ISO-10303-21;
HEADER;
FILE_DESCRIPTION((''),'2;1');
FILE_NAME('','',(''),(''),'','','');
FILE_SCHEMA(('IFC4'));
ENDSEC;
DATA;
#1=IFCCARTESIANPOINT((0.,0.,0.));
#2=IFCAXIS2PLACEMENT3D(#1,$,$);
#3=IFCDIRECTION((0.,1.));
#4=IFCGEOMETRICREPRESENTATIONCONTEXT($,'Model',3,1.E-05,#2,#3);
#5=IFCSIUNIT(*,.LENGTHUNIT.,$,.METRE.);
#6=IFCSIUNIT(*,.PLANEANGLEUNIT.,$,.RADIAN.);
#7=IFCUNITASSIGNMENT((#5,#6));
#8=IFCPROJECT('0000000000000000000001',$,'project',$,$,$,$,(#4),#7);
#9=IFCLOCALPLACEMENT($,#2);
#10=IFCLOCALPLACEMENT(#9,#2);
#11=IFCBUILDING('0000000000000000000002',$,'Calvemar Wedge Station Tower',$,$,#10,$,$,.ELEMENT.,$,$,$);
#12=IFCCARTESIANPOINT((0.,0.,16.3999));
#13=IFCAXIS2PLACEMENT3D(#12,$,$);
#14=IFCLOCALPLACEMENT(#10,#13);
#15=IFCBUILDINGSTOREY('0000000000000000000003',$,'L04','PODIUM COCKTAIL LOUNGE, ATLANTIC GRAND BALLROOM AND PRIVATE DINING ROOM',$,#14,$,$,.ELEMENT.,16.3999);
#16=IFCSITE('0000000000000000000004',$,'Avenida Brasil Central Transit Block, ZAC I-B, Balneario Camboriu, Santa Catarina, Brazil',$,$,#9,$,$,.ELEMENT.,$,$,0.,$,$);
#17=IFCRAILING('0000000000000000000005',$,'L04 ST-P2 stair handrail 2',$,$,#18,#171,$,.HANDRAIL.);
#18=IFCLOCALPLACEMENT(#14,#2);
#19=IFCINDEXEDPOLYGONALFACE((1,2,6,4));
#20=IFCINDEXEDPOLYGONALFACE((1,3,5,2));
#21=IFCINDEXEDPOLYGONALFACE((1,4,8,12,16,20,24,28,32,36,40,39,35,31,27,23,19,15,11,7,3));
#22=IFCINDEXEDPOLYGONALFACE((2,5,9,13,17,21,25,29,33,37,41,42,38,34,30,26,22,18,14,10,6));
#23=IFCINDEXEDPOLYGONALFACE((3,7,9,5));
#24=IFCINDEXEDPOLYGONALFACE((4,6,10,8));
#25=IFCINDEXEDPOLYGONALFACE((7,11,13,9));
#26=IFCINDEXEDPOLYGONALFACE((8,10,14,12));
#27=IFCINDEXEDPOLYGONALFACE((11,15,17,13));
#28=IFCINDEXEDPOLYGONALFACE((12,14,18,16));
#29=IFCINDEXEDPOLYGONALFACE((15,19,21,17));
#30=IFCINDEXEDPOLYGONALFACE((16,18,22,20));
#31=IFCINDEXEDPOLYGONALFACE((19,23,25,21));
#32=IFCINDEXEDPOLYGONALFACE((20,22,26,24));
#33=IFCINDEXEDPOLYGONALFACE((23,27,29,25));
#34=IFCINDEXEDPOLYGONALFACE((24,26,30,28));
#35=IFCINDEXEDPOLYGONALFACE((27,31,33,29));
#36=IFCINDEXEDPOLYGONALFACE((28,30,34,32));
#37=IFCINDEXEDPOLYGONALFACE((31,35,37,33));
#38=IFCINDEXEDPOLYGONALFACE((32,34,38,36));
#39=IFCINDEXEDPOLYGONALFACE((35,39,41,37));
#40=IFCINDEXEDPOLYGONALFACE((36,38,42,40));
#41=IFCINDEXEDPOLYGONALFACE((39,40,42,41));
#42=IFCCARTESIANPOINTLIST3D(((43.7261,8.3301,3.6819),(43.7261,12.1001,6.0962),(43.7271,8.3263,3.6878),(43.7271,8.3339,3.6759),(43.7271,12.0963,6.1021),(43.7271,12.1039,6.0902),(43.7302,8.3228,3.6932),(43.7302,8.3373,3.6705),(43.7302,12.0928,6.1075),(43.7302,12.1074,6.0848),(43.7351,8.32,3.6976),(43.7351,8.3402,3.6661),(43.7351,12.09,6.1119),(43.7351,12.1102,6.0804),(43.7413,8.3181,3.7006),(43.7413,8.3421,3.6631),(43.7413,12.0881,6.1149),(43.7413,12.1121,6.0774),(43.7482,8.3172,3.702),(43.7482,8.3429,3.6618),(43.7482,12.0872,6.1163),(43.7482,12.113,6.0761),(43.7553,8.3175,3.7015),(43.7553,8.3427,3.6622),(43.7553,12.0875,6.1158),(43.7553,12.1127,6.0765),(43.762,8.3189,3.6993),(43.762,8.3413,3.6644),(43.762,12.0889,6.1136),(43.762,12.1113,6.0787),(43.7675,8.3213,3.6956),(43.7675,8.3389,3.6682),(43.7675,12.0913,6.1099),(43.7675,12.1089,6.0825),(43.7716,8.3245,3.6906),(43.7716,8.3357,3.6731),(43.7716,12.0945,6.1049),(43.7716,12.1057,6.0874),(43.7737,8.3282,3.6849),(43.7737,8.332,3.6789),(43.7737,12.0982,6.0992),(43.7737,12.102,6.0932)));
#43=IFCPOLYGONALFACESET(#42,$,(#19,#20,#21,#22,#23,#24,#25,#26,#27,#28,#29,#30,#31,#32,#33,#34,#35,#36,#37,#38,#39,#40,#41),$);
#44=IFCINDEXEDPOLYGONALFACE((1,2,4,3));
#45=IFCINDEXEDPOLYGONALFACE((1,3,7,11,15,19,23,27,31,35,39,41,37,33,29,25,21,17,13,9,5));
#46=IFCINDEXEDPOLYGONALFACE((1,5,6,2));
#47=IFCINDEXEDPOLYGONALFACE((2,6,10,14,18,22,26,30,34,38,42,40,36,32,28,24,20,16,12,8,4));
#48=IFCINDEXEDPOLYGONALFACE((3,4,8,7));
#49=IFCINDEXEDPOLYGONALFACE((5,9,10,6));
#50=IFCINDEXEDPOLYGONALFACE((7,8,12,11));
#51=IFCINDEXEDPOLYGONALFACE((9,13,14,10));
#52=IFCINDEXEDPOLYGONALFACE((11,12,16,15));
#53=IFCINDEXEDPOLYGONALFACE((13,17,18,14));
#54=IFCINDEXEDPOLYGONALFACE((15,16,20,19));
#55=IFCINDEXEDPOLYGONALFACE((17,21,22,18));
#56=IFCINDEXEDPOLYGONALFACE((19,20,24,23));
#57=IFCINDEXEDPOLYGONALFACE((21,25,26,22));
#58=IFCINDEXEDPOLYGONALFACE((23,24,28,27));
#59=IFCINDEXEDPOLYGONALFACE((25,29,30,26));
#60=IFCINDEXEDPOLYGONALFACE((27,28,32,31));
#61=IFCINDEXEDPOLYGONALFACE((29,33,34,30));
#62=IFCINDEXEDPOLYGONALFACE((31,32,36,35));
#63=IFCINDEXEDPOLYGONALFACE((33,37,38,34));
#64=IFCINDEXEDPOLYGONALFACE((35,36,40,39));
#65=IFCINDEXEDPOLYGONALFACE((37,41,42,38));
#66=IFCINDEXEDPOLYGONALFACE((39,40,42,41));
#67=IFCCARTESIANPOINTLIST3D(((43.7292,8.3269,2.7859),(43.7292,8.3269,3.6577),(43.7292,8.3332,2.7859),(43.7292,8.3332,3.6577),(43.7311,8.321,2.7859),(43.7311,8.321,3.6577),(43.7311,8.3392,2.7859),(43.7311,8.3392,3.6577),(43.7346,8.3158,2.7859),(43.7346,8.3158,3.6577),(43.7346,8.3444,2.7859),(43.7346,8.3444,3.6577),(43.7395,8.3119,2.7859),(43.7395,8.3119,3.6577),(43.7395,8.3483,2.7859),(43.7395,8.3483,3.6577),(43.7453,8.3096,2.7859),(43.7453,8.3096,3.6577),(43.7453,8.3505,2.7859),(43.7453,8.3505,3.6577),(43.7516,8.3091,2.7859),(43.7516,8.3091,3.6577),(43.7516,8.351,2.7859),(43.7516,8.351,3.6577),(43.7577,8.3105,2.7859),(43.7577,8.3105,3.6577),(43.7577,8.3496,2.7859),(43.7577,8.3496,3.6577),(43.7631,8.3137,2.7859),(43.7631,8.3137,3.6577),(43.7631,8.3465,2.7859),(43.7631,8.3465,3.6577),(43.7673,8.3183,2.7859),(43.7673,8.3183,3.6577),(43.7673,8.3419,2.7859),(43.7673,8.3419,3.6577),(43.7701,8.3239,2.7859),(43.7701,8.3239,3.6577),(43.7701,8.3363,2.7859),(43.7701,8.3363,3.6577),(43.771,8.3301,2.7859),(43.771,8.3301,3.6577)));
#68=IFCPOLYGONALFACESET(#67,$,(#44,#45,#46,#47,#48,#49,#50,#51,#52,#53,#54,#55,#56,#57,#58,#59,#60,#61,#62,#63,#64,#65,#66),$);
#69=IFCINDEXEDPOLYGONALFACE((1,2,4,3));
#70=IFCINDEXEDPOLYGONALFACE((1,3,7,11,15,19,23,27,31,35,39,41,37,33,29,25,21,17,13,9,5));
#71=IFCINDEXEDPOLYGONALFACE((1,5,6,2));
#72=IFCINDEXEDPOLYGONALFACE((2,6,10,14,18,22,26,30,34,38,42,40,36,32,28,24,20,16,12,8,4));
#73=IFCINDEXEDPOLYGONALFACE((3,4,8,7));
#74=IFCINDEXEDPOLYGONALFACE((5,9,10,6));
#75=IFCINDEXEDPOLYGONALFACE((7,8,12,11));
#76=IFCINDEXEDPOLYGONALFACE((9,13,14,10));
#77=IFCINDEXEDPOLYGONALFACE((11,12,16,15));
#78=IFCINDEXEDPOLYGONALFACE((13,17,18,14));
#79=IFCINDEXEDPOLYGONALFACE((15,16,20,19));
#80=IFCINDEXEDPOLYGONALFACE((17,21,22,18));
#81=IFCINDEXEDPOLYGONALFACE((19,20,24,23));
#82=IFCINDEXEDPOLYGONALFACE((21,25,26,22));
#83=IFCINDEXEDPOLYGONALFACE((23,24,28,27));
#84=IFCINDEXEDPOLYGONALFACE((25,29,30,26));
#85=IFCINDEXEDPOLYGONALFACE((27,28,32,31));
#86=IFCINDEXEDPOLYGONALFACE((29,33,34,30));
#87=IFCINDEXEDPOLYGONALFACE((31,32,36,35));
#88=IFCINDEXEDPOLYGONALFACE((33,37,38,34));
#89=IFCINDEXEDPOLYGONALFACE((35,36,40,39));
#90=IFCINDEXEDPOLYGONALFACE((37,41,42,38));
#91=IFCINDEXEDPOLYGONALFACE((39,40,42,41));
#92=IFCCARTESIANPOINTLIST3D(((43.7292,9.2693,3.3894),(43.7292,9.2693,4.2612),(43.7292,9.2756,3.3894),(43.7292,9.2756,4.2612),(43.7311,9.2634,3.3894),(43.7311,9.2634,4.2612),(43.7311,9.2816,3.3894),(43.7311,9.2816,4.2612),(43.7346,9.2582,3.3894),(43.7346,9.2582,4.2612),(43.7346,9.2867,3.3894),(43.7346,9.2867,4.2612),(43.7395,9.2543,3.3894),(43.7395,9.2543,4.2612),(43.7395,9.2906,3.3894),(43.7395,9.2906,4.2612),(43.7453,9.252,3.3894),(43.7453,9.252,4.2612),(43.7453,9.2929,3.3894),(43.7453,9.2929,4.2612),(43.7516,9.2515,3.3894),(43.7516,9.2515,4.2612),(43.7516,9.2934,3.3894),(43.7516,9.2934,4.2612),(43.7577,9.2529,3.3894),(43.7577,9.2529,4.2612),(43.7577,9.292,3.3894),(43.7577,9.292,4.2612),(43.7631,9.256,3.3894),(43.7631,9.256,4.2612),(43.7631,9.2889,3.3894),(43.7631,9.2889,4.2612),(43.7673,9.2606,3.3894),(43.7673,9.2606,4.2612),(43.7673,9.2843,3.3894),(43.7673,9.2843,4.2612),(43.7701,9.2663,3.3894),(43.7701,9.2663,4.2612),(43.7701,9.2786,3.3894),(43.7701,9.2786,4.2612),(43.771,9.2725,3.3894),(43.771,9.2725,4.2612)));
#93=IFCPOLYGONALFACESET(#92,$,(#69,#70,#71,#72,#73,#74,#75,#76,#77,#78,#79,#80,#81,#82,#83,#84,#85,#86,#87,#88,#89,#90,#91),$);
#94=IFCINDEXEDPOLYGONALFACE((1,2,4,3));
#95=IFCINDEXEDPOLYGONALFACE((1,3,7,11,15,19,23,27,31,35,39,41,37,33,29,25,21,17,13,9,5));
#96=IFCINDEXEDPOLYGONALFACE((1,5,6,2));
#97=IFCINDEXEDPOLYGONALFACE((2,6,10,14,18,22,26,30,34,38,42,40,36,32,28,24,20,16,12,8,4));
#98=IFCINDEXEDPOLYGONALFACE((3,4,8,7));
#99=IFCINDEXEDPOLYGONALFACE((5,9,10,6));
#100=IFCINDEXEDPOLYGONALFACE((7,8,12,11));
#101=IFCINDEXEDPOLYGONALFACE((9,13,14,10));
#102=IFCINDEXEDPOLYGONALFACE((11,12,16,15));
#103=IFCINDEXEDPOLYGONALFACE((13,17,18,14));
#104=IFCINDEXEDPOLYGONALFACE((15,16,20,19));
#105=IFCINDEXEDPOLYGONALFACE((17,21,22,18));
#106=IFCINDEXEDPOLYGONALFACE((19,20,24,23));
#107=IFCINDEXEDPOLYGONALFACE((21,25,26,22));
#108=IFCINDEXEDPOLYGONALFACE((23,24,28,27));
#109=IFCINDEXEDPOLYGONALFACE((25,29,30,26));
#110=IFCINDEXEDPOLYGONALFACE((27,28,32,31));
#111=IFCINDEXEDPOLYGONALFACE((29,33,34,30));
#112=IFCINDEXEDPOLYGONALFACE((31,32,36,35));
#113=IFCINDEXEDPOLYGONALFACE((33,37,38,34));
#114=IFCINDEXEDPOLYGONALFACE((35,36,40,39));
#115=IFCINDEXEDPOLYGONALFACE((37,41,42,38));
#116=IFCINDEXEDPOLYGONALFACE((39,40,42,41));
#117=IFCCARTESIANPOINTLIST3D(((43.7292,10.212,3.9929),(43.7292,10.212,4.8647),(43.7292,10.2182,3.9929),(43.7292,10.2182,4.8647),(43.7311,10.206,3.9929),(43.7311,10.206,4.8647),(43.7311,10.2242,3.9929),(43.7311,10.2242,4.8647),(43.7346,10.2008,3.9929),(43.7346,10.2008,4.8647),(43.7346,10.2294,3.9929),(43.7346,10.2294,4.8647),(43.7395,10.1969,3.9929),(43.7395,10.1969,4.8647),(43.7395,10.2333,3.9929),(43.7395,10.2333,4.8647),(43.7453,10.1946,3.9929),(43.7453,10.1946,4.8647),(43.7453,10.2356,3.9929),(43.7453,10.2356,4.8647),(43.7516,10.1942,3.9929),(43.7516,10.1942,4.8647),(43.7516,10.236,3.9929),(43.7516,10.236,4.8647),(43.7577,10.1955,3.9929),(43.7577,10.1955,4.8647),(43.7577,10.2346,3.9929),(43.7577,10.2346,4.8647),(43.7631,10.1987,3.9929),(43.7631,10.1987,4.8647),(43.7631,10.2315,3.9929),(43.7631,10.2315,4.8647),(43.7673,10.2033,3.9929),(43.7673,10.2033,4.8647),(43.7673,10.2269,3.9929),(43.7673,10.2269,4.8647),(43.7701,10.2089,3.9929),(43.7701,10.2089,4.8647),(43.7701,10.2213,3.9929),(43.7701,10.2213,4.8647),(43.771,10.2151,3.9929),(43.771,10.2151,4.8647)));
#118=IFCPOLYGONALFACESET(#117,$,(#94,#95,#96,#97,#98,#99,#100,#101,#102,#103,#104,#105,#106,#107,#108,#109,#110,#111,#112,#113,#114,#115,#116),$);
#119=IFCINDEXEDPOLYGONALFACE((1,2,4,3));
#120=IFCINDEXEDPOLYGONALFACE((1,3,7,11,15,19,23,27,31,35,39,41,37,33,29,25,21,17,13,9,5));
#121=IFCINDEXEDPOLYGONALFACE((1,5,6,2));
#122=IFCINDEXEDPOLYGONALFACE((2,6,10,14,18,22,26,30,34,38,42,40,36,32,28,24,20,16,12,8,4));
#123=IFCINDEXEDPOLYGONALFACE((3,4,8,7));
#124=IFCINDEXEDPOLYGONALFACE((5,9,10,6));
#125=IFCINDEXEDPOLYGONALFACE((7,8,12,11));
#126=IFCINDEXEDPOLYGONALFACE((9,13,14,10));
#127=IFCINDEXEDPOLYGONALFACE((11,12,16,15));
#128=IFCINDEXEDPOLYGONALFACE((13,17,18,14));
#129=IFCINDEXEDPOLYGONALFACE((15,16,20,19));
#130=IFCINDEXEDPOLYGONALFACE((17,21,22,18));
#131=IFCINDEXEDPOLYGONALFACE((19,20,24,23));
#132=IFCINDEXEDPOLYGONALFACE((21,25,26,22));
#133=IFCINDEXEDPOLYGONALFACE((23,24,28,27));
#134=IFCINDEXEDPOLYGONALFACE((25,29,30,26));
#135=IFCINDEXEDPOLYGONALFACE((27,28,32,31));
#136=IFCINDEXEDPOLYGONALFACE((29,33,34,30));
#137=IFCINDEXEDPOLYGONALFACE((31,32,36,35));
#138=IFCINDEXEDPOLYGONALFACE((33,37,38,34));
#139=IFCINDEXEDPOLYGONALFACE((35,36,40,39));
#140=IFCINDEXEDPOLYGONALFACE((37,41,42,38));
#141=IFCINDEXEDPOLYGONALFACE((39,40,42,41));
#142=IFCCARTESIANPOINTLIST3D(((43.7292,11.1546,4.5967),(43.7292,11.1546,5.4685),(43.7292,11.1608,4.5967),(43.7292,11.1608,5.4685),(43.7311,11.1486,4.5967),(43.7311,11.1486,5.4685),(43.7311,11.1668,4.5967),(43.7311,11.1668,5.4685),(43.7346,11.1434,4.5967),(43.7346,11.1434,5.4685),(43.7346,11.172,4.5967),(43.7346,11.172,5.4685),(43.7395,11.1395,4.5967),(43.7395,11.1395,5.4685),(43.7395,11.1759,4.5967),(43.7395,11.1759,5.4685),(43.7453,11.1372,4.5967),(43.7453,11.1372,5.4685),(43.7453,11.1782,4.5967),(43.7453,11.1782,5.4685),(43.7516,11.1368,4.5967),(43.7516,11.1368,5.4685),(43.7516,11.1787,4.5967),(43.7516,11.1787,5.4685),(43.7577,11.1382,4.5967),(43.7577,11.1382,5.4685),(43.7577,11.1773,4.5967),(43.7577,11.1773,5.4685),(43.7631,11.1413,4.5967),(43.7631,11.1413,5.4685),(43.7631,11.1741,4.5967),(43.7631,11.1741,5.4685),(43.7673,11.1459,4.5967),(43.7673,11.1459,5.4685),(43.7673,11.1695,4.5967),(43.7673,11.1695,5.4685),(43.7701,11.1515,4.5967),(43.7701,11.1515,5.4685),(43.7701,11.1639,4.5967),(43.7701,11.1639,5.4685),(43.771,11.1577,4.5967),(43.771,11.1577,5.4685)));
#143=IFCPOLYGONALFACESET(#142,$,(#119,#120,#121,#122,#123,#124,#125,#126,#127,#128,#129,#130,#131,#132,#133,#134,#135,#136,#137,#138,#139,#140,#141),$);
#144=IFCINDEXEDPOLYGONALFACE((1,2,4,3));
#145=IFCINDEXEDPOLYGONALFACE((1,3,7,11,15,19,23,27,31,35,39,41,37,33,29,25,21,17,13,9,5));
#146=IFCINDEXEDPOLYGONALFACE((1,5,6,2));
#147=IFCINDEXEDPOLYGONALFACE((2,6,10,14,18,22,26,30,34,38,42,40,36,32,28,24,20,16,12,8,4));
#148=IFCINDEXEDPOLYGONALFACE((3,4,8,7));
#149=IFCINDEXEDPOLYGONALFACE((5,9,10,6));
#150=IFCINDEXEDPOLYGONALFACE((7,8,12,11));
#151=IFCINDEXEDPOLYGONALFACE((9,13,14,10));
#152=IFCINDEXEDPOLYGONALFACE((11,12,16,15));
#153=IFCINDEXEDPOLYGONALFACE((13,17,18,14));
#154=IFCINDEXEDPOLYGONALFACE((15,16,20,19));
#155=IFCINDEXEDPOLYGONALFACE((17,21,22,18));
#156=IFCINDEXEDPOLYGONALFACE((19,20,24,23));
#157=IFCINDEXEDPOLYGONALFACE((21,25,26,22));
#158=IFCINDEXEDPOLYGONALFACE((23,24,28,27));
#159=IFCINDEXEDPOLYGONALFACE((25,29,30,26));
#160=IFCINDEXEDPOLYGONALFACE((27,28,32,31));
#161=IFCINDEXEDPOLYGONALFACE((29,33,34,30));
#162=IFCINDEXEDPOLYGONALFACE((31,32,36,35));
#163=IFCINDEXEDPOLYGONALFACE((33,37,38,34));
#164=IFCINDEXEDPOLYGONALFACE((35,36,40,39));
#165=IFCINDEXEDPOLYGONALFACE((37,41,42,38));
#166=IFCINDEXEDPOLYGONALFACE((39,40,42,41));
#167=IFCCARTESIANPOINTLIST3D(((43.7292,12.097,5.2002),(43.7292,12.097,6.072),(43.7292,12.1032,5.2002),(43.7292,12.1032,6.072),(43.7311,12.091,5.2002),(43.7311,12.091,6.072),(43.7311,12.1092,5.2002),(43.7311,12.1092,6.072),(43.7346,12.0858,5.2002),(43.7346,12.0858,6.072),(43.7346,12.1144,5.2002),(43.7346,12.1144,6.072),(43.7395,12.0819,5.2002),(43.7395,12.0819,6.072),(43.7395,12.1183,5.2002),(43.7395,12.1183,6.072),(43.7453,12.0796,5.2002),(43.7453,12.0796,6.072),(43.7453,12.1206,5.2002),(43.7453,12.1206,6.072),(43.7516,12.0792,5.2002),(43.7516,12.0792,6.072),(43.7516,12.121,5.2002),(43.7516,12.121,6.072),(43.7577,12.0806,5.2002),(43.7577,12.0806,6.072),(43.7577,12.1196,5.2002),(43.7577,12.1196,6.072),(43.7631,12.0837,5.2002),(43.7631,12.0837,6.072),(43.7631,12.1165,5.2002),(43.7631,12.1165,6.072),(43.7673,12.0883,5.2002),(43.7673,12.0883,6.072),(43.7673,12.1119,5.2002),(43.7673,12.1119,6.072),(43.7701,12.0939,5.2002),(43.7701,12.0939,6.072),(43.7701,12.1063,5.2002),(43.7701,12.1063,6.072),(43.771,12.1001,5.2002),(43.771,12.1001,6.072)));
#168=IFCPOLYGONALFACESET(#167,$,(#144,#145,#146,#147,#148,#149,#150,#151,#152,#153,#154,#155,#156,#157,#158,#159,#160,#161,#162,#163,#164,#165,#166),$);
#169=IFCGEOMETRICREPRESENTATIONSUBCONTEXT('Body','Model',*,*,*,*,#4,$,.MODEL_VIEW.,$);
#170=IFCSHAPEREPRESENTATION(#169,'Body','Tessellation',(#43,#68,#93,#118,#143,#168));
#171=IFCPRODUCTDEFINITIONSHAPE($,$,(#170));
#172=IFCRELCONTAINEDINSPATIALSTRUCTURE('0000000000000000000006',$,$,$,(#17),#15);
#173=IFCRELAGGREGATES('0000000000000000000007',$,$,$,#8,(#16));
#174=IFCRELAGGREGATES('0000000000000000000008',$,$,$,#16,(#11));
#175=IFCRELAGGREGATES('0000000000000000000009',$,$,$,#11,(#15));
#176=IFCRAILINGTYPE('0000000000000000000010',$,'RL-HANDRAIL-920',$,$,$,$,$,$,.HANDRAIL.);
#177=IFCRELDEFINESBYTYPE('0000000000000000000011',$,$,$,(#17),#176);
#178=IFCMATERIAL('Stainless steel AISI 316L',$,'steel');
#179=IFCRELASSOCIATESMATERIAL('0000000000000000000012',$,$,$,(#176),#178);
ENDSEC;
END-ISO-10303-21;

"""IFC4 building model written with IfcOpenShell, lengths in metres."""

from ifc_helpers import new_model, si_unit, direction, frame, origin, origin_2d, place, context, subcontext, project, spatial, circle, extrude, material, type_object, element, save


model = new_model("IFC4")

# Units and contexts
model_context = context("Model", 3, precision=1e-05, world=origin(), true_north=direction((0.0, 1.0)))
body_context = subcontext(model_context, "Body", "Model", "MODEL_VIEW")
ifc_project = project(units=[si_unit("LENGTHUNIT", "METRE"), si_unit("PLANEANGLEUNIT", "RADIAN")], contexts=[model_context])

# Site, building, storey
site_placement = place(None, origin())
site = spatial("IfcSite", under=ifc_project, at=site_placement, Name="Avenida Brasil Central Transit Block, ZAC I-B, Balneario Camboriu, Santa Catarina, Brazil", CompositionType="ELEMENT", RefElevation=0.0)
building_placement = place(site_placement, origin())
building = spatial("IfcBuilding", under=site, at=building_placement, Name="Calvemar Wedge Station Tower", CompositionType="ELEMENT")
storey_placement = place(building_placement, frame((0.0, 0.0, 16.3999)))
storey = spatial("IfcBuildingStorey", under=building, at=storey_placement, Name="L04", Description="PODIUM COCKTAIL LOUNGE, ATLANTIC GRAND BALLROOM AND PRIVATE DINING ROOM", CompositionType="ELEMENT", Elevation=16.3999)

# Railing
ifc_material_1 = material(Name="Stainless steel AISI 316L", Category="steel")
railing_type_1 = type_object("IfcRailingType", Name="RL-HANDRAIL-920", PredefinedType="HANDRAIL", material=ifc_material_1)
railing_1_placement = place(storey_placement, frame((43.75, 8.3301, 2.7859)))
element("IfcRailing", 1, at=railing_1_placement, inside=storey, type_object=railing_type_1, Name="L04 ST-P2 stair handrail 2", PredefinedType="HANDRAIL", context=body_context, shape_type="SweptSolid", body=[
    extrude(circle(Radius=0.0239, at=origin_2d()), frame((0.0, 0.0, 0.896), z_axis=(0.0, 0.84212, 0.53929), x_axis=(-1.0, 0.0, 0.0)), (0.0, 0.0, 1.0), 4.4768),
    extrude(circle(Radius=0.021, at=origin_2d()), origin(), (0.0, 0.0, 1.0), 0.8718),
    extrude(circle(Radius=0.021, at=origin_2d()), frame((0.0, 0.9424, 0.6035)), (0.0, 0.0, 1.0), 0.8718),
    extrude(circle(Radius=0.021, at=origin_2d()), frame((0.0, 1.885, 1.207)), (0.0, 0.0, 1.0), 0.8718),
    extrude(circle(Radius=0.021, at=origin_2d()), frame((0.0, 2.8276, 1.8108)), (0.0, 0.0, 1.0), 0.8718),
    extrude(circle(Radius=0.021, at=origin_2d()), frame((0.0, 3.77, 2.4143)), (0.0, 0.0, 1.0), 0.8718),
])

save(model, "model.ifc")
